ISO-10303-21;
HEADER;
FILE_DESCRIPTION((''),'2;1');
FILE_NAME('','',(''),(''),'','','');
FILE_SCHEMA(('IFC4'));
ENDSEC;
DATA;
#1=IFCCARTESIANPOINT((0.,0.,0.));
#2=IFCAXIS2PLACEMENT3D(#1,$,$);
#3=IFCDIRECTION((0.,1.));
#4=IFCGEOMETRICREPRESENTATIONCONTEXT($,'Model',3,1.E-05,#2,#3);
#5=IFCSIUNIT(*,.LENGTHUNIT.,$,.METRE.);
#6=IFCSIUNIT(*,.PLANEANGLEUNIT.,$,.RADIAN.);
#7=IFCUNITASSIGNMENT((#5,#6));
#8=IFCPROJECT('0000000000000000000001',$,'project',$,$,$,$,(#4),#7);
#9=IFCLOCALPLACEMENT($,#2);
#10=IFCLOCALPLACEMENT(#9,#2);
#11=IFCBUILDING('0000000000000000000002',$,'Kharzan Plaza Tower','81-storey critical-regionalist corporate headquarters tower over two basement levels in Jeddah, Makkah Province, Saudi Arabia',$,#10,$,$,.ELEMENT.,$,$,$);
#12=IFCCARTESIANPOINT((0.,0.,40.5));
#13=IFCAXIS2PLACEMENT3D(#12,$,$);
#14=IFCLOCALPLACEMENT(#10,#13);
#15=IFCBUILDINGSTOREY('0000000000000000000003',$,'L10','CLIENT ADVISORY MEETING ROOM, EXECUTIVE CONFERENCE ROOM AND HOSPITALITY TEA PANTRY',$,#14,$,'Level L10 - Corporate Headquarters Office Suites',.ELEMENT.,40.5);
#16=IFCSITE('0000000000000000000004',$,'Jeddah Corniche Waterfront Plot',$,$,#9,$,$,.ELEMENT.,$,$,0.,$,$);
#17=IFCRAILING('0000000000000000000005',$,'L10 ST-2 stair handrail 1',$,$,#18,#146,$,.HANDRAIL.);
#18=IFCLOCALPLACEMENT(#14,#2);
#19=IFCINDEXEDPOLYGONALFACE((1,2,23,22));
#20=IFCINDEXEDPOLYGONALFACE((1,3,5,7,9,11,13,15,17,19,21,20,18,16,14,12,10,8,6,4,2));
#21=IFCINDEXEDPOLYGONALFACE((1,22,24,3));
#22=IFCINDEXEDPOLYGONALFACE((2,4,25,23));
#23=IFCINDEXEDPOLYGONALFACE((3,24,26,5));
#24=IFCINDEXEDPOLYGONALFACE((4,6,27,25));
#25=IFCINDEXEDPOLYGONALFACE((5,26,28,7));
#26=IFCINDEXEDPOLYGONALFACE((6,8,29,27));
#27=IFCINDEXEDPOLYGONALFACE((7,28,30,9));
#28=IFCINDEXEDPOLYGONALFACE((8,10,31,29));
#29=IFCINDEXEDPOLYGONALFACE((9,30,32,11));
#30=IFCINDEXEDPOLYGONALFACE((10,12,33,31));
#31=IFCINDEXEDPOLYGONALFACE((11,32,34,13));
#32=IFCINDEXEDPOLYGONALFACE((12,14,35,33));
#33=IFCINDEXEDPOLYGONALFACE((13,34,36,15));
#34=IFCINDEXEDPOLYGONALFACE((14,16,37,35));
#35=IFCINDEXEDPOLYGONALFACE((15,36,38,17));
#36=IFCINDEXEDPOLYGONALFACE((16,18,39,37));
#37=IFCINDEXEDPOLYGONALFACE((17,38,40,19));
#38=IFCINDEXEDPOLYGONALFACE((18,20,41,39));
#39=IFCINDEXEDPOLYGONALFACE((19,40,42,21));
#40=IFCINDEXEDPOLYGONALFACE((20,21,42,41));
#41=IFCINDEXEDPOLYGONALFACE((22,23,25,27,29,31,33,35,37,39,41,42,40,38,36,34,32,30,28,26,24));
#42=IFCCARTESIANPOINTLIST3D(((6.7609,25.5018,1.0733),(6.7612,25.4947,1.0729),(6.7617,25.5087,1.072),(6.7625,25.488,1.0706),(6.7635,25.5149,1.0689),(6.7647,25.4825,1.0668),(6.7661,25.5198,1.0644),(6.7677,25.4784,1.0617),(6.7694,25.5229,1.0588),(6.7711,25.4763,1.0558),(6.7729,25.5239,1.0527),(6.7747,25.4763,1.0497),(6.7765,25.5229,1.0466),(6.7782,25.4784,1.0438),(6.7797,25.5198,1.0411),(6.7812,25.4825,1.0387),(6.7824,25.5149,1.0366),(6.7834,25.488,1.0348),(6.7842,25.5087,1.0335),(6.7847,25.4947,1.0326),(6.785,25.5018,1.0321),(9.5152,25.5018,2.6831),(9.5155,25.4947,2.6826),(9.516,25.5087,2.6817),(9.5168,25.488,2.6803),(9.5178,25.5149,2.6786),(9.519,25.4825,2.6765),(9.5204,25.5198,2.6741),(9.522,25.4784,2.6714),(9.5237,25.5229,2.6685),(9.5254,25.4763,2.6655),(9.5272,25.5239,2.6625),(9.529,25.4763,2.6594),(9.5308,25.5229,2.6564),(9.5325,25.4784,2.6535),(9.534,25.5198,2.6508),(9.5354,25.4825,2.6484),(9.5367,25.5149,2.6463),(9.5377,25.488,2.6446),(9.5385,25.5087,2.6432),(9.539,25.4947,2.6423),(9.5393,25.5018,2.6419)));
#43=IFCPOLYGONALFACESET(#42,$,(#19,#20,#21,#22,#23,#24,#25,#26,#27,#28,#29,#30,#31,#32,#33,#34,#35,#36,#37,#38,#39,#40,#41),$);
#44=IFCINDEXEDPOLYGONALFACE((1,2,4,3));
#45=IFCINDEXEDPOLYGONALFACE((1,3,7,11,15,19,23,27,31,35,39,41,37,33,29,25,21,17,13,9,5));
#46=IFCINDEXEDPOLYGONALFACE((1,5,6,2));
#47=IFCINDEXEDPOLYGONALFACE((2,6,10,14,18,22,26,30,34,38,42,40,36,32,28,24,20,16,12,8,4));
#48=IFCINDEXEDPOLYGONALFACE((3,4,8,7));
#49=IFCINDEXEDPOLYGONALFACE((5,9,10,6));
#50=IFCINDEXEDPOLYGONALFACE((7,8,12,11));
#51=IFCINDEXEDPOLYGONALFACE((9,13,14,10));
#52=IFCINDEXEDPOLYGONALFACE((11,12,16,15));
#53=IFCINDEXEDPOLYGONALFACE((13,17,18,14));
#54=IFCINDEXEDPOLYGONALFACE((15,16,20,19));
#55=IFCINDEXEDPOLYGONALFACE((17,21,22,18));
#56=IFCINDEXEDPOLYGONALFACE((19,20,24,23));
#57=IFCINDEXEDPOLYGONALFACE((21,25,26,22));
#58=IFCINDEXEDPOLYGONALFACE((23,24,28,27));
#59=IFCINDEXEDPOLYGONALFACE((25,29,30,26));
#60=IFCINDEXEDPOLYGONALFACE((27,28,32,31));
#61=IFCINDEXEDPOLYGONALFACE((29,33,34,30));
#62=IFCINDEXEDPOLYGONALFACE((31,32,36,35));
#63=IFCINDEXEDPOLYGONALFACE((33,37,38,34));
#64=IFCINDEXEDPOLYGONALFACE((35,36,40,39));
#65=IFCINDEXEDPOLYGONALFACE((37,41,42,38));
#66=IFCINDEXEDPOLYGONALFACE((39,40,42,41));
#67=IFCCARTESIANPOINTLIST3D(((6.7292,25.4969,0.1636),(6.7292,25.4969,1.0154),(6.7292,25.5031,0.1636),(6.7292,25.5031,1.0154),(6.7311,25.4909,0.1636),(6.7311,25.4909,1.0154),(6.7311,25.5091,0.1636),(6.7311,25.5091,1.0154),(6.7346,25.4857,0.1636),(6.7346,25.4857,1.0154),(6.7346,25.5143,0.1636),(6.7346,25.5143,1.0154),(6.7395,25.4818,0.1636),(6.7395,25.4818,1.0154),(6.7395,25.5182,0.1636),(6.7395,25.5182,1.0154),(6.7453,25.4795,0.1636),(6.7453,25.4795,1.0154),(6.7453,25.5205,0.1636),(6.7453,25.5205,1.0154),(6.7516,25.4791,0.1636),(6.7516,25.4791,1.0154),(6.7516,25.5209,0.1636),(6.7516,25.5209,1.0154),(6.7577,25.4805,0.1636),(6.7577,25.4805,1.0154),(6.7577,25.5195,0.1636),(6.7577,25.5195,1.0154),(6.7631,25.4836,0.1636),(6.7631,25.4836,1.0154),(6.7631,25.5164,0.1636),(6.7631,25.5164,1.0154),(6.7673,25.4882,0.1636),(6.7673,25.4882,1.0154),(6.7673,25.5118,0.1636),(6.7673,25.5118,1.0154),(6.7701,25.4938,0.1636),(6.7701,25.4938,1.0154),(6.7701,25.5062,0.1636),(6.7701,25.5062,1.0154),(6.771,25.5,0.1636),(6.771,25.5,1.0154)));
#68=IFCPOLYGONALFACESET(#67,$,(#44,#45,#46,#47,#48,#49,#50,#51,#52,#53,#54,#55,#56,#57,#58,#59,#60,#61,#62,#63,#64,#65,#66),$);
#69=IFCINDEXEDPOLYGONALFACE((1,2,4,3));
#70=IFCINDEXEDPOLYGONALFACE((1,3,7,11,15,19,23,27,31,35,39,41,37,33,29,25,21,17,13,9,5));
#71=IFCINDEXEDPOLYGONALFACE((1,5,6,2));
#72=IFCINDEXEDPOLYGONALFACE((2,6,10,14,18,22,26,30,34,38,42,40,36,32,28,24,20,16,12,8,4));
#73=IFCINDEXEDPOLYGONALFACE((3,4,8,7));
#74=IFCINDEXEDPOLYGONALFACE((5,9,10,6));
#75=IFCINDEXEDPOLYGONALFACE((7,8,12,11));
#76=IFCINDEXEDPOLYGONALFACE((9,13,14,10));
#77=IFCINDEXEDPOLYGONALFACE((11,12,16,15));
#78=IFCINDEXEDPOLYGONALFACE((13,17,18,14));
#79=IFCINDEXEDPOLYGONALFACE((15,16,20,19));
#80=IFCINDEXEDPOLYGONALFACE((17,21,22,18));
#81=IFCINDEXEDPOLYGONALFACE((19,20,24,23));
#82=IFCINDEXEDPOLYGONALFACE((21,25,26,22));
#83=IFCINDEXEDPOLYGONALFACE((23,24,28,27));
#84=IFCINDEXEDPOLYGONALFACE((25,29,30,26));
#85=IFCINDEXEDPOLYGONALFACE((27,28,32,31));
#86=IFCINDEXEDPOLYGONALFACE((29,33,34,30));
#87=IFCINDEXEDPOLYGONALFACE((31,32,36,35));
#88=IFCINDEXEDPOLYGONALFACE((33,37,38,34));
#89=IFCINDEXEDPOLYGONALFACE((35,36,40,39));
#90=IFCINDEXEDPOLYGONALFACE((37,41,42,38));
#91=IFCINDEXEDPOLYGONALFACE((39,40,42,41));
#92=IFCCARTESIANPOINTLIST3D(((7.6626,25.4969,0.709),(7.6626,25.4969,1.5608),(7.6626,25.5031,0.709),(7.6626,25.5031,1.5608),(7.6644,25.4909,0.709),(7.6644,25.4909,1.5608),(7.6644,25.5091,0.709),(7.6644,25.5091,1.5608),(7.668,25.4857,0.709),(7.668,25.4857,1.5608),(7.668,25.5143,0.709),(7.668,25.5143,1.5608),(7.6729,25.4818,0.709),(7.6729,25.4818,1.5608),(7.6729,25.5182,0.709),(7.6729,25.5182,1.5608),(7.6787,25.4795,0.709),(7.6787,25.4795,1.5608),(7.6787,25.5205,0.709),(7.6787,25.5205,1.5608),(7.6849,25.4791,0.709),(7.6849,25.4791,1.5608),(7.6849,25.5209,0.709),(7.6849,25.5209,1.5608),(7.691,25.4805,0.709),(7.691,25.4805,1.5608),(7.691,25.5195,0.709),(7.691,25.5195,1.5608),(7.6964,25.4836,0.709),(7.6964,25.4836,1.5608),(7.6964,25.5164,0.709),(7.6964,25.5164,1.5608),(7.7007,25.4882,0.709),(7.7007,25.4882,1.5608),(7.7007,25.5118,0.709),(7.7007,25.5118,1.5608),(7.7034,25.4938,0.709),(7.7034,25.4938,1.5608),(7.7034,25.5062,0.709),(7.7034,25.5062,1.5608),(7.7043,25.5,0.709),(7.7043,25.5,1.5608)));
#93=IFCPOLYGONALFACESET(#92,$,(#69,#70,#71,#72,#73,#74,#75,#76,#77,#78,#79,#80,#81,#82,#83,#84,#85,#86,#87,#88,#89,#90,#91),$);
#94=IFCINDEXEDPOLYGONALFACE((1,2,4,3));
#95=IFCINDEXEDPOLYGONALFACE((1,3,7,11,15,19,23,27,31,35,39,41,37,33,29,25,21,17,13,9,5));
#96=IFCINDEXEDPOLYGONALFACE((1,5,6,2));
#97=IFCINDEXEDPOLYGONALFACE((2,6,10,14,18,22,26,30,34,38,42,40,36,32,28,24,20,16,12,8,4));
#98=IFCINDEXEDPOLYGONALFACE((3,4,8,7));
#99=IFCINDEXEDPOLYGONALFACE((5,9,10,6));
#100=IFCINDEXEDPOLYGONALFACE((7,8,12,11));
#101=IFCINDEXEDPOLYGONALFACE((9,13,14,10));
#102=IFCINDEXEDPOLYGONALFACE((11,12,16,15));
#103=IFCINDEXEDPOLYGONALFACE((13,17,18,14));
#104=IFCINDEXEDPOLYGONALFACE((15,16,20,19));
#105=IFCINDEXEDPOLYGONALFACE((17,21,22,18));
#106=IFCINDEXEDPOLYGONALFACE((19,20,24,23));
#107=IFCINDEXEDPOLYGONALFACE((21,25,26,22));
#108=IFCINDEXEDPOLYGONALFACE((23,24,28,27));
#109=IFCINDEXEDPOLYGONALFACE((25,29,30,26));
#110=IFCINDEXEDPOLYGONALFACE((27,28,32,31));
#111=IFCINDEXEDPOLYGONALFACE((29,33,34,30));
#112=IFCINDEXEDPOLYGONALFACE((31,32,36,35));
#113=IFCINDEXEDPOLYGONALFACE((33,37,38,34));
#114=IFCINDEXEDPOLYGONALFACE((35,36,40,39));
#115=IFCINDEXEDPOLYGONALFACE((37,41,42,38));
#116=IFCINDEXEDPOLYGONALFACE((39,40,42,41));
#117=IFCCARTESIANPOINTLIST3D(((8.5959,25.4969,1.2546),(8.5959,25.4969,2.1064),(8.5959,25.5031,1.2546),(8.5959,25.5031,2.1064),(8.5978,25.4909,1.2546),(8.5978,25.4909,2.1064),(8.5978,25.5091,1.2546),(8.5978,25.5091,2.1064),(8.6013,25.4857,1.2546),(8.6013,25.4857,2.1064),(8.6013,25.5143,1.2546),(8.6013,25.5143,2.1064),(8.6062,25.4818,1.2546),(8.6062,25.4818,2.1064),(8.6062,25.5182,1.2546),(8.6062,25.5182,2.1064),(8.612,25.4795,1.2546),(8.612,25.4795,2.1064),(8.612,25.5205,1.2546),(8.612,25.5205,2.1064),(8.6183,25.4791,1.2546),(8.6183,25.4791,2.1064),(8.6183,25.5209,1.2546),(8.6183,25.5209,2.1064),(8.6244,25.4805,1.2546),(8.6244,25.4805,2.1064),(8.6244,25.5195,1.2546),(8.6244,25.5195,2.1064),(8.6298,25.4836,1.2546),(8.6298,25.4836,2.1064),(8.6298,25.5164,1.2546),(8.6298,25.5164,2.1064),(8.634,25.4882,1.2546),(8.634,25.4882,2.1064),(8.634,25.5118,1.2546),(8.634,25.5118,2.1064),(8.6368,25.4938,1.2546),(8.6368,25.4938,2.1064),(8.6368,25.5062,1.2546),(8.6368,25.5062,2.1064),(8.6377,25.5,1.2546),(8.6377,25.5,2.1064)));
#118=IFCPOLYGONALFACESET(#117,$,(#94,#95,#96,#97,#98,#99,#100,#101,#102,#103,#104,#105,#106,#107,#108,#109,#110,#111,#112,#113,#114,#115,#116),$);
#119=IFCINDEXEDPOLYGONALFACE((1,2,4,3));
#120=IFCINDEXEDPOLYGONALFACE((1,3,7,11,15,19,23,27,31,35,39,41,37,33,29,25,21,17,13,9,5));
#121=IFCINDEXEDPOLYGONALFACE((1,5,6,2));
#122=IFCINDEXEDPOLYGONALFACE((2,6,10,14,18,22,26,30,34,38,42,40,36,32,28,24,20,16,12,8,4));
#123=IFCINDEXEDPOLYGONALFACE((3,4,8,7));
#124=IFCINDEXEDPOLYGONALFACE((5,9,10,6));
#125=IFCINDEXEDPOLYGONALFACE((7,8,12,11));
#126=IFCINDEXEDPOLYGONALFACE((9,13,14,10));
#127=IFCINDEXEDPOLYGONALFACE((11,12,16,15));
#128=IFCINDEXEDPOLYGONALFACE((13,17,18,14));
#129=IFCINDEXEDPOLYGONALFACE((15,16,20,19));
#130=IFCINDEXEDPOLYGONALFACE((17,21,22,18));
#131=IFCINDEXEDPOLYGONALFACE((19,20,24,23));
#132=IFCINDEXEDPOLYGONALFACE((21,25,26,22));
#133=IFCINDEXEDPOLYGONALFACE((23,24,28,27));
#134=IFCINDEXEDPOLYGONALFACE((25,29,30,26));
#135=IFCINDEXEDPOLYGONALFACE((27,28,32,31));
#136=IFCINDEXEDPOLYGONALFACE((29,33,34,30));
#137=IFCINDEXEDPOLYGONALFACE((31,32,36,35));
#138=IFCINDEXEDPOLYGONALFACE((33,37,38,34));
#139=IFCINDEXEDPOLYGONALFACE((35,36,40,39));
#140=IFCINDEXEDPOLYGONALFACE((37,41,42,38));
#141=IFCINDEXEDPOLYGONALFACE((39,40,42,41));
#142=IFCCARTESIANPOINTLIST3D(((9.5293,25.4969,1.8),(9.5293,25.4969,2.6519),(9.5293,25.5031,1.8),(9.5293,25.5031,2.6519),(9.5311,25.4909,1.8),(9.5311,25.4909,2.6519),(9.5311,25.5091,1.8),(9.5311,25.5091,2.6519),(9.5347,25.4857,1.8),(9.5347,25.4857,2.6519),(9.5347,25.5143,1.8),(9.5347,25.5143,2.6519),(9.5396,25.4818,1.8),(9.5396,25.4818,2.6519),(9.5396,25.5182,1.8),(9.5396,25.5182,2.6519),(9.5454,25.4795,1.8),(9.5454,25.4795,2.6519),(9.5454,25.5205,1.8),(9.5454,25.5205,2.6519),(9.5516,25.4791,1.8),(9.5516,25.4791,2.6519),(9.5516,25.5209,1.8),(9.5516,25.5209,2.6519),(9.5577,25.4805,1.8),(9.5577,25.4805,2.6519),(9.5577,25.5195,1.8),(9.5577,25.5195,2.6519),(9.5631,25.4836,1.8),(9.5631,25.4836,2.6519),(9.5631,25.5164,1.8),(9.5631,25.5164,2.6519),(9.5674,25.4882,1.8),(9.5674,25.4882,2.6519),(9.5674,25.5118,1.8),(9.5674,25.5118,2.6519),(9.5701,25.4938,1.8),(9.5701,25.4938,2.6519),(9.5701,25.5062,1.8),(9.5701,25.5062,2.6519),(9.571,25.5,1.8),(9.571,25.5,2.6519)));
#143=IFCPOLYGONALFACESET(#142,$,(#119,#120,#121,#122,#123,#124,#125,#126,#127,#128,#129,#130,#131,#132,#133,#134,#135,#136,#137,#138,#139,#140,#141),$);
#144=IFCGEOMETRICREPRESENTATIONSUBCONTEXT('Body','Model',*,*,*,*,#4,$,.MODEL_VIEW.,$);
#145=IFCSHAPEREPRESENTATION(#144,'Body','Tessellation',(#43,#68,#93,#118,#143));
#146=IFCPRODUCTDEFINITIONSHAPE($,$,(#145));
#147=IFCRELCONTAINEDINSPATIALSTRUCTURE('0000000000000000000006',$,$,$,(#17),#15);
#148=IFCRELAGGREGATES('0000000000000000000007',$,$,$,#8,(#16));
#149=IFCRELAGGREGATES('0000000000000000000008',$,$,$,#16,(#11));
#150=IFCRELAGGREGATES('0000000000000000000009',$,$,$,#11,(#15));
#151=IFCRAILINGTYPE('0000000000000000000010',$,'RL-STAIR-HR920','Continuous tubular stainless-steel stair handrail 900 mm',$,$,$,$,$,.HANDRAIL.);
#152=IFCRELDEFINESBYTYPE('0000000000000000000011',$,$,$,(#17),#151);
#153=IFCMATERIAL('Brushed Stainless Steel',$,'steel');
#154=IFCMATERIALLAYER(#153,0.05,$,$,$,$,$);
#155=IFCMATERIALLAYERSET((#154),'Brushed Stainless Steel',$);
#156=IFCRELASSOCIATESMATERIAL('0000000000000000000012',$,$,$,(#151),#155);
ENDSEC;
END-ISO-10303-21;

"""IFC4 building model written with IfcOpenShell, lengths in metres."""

from ifc_helpers import new_model, si_unit, direction, frame, origin, origin_2d, place, context, subcontext, project, spatial, circle, extrude, source, transform, mapped, material, layer, layer_set, type_object, element, save


model = new_model("IFC4")

# Units and contexts
model_context = context("Model", 3, precision=1e-05, world=origin(), true_north=direction((0.0, 1.0)))
body_context = subcontext(model_context, "Body", "Model", "MODEL_VIEW")
ifc_project = project(units=[si_unit("LENGTHUNIT", "METRE"), si_unit("PLANEANGLEUNIT", "RADIAN")], contexts=[model_context])

# Site, building, storey
site_placement = place(None, origin())
site = spatial("IfcSite", under=ifc_project, at=site_placement, Name="Jeddah Corniche Waterfront Plot", CompositionType="ELEMENT", RefElevation=0.0)
building_placement = place(site_placement, origin())
building = spatial("IfcBuilding", under=site, at=building_placement, Name="Kharzan Plaza Tower", Description="81-storey critical-regionalist corporate headquarters tower over two basement levels in Jeddah, Makkah Province, Saudi Arabia", CompositionType="ELEMENT")
storey_placement = place(building_placement, frame((0.0, 0.0, 40.5)))
storey = spatial("IfcBuildingStorey", under=building, at=storey_placement, Name="L10", Description="CLIENT ADVISORY MEETING ROOM, EXECUTIVE CONFERENCE ROOM AND HOSPITALITY TEA PANTRY", LongName="Level L10 - Corporate Headquarters Office Suites", CompositionType="ELEMENT", Elevation=40.5)

# Shared definitions
ifc_material_1 = material(Name="Brushed Stainless Steel", Category="steel")

# Railing
ifc_layer_1 = layer(ifc_material_1, 0.05)
ifc_layer_set_1 = layer_set([ifc_layer_1], Name="Brushed Stainless Steel")
railing_type_1 = type_object("IfcRailingType", Name="RL-STAIR-HR920", Description="Continuous tubular stainless-steel stair handrail 900 mm", PredefinedType="HANDRAIL", material=ifc_layer_set_1)
shared_shape_1 = source(origin(), body_context, "Body", "SweptSolid", [
    extrude(circle(Radius=0.0239, at=origin_2d()), frame((0.0229, 0.0, 0.8892), z_axis=(0.863361, 0.0, 0.504587), x_axis=(0.0, 1.0, 0.0)), (0.0, 0.0, 1.0), 3.1902),
    extrude(circle(Radius=0.021, at=origin_2d()), origin(), (0.0, 0.0, 1.0), 0.8518),
    extrude(circle(Radius=0.021, at=origin_2d()), frame((0.9333, 0.0, 0.5454)), (0.0, 0.0, 1.0), 0.8518),
    extrude(circle(Radius=0.021, at=origin_2d()), frame((1.8667, 0.0, 1.0911)), (0.0, 0.0, 1.0), 0.8518),
    extrude(circle(Radius=0.021, at=origin_2d()), frame((2.8, 0.0, 1.6365)), (0.0, 0.0, 1.0), 0.8518),
])
railing_1_placement = place(storey_placement, frame((6.75, 25.5, 0.1636)))
element("IfcRailing", 1, at=railing_1_placement, inside=storey, type_object=railing_type_1, Name="L10 ST-2 stair handrail 1", PredefinedType="HANDRAIL", context=body_context, shape_type="MappedRepresentation", body=[
    mapped(shared_shape_1, transform((0.0, 0.0, 0.0), x_axis=(1.0, 0.0, 0.0), y_axis=(0.0, 1.0, 0.0), z_axis=(0.0, 0.0, 1.0))),
])

save(model, "model.ifc")
